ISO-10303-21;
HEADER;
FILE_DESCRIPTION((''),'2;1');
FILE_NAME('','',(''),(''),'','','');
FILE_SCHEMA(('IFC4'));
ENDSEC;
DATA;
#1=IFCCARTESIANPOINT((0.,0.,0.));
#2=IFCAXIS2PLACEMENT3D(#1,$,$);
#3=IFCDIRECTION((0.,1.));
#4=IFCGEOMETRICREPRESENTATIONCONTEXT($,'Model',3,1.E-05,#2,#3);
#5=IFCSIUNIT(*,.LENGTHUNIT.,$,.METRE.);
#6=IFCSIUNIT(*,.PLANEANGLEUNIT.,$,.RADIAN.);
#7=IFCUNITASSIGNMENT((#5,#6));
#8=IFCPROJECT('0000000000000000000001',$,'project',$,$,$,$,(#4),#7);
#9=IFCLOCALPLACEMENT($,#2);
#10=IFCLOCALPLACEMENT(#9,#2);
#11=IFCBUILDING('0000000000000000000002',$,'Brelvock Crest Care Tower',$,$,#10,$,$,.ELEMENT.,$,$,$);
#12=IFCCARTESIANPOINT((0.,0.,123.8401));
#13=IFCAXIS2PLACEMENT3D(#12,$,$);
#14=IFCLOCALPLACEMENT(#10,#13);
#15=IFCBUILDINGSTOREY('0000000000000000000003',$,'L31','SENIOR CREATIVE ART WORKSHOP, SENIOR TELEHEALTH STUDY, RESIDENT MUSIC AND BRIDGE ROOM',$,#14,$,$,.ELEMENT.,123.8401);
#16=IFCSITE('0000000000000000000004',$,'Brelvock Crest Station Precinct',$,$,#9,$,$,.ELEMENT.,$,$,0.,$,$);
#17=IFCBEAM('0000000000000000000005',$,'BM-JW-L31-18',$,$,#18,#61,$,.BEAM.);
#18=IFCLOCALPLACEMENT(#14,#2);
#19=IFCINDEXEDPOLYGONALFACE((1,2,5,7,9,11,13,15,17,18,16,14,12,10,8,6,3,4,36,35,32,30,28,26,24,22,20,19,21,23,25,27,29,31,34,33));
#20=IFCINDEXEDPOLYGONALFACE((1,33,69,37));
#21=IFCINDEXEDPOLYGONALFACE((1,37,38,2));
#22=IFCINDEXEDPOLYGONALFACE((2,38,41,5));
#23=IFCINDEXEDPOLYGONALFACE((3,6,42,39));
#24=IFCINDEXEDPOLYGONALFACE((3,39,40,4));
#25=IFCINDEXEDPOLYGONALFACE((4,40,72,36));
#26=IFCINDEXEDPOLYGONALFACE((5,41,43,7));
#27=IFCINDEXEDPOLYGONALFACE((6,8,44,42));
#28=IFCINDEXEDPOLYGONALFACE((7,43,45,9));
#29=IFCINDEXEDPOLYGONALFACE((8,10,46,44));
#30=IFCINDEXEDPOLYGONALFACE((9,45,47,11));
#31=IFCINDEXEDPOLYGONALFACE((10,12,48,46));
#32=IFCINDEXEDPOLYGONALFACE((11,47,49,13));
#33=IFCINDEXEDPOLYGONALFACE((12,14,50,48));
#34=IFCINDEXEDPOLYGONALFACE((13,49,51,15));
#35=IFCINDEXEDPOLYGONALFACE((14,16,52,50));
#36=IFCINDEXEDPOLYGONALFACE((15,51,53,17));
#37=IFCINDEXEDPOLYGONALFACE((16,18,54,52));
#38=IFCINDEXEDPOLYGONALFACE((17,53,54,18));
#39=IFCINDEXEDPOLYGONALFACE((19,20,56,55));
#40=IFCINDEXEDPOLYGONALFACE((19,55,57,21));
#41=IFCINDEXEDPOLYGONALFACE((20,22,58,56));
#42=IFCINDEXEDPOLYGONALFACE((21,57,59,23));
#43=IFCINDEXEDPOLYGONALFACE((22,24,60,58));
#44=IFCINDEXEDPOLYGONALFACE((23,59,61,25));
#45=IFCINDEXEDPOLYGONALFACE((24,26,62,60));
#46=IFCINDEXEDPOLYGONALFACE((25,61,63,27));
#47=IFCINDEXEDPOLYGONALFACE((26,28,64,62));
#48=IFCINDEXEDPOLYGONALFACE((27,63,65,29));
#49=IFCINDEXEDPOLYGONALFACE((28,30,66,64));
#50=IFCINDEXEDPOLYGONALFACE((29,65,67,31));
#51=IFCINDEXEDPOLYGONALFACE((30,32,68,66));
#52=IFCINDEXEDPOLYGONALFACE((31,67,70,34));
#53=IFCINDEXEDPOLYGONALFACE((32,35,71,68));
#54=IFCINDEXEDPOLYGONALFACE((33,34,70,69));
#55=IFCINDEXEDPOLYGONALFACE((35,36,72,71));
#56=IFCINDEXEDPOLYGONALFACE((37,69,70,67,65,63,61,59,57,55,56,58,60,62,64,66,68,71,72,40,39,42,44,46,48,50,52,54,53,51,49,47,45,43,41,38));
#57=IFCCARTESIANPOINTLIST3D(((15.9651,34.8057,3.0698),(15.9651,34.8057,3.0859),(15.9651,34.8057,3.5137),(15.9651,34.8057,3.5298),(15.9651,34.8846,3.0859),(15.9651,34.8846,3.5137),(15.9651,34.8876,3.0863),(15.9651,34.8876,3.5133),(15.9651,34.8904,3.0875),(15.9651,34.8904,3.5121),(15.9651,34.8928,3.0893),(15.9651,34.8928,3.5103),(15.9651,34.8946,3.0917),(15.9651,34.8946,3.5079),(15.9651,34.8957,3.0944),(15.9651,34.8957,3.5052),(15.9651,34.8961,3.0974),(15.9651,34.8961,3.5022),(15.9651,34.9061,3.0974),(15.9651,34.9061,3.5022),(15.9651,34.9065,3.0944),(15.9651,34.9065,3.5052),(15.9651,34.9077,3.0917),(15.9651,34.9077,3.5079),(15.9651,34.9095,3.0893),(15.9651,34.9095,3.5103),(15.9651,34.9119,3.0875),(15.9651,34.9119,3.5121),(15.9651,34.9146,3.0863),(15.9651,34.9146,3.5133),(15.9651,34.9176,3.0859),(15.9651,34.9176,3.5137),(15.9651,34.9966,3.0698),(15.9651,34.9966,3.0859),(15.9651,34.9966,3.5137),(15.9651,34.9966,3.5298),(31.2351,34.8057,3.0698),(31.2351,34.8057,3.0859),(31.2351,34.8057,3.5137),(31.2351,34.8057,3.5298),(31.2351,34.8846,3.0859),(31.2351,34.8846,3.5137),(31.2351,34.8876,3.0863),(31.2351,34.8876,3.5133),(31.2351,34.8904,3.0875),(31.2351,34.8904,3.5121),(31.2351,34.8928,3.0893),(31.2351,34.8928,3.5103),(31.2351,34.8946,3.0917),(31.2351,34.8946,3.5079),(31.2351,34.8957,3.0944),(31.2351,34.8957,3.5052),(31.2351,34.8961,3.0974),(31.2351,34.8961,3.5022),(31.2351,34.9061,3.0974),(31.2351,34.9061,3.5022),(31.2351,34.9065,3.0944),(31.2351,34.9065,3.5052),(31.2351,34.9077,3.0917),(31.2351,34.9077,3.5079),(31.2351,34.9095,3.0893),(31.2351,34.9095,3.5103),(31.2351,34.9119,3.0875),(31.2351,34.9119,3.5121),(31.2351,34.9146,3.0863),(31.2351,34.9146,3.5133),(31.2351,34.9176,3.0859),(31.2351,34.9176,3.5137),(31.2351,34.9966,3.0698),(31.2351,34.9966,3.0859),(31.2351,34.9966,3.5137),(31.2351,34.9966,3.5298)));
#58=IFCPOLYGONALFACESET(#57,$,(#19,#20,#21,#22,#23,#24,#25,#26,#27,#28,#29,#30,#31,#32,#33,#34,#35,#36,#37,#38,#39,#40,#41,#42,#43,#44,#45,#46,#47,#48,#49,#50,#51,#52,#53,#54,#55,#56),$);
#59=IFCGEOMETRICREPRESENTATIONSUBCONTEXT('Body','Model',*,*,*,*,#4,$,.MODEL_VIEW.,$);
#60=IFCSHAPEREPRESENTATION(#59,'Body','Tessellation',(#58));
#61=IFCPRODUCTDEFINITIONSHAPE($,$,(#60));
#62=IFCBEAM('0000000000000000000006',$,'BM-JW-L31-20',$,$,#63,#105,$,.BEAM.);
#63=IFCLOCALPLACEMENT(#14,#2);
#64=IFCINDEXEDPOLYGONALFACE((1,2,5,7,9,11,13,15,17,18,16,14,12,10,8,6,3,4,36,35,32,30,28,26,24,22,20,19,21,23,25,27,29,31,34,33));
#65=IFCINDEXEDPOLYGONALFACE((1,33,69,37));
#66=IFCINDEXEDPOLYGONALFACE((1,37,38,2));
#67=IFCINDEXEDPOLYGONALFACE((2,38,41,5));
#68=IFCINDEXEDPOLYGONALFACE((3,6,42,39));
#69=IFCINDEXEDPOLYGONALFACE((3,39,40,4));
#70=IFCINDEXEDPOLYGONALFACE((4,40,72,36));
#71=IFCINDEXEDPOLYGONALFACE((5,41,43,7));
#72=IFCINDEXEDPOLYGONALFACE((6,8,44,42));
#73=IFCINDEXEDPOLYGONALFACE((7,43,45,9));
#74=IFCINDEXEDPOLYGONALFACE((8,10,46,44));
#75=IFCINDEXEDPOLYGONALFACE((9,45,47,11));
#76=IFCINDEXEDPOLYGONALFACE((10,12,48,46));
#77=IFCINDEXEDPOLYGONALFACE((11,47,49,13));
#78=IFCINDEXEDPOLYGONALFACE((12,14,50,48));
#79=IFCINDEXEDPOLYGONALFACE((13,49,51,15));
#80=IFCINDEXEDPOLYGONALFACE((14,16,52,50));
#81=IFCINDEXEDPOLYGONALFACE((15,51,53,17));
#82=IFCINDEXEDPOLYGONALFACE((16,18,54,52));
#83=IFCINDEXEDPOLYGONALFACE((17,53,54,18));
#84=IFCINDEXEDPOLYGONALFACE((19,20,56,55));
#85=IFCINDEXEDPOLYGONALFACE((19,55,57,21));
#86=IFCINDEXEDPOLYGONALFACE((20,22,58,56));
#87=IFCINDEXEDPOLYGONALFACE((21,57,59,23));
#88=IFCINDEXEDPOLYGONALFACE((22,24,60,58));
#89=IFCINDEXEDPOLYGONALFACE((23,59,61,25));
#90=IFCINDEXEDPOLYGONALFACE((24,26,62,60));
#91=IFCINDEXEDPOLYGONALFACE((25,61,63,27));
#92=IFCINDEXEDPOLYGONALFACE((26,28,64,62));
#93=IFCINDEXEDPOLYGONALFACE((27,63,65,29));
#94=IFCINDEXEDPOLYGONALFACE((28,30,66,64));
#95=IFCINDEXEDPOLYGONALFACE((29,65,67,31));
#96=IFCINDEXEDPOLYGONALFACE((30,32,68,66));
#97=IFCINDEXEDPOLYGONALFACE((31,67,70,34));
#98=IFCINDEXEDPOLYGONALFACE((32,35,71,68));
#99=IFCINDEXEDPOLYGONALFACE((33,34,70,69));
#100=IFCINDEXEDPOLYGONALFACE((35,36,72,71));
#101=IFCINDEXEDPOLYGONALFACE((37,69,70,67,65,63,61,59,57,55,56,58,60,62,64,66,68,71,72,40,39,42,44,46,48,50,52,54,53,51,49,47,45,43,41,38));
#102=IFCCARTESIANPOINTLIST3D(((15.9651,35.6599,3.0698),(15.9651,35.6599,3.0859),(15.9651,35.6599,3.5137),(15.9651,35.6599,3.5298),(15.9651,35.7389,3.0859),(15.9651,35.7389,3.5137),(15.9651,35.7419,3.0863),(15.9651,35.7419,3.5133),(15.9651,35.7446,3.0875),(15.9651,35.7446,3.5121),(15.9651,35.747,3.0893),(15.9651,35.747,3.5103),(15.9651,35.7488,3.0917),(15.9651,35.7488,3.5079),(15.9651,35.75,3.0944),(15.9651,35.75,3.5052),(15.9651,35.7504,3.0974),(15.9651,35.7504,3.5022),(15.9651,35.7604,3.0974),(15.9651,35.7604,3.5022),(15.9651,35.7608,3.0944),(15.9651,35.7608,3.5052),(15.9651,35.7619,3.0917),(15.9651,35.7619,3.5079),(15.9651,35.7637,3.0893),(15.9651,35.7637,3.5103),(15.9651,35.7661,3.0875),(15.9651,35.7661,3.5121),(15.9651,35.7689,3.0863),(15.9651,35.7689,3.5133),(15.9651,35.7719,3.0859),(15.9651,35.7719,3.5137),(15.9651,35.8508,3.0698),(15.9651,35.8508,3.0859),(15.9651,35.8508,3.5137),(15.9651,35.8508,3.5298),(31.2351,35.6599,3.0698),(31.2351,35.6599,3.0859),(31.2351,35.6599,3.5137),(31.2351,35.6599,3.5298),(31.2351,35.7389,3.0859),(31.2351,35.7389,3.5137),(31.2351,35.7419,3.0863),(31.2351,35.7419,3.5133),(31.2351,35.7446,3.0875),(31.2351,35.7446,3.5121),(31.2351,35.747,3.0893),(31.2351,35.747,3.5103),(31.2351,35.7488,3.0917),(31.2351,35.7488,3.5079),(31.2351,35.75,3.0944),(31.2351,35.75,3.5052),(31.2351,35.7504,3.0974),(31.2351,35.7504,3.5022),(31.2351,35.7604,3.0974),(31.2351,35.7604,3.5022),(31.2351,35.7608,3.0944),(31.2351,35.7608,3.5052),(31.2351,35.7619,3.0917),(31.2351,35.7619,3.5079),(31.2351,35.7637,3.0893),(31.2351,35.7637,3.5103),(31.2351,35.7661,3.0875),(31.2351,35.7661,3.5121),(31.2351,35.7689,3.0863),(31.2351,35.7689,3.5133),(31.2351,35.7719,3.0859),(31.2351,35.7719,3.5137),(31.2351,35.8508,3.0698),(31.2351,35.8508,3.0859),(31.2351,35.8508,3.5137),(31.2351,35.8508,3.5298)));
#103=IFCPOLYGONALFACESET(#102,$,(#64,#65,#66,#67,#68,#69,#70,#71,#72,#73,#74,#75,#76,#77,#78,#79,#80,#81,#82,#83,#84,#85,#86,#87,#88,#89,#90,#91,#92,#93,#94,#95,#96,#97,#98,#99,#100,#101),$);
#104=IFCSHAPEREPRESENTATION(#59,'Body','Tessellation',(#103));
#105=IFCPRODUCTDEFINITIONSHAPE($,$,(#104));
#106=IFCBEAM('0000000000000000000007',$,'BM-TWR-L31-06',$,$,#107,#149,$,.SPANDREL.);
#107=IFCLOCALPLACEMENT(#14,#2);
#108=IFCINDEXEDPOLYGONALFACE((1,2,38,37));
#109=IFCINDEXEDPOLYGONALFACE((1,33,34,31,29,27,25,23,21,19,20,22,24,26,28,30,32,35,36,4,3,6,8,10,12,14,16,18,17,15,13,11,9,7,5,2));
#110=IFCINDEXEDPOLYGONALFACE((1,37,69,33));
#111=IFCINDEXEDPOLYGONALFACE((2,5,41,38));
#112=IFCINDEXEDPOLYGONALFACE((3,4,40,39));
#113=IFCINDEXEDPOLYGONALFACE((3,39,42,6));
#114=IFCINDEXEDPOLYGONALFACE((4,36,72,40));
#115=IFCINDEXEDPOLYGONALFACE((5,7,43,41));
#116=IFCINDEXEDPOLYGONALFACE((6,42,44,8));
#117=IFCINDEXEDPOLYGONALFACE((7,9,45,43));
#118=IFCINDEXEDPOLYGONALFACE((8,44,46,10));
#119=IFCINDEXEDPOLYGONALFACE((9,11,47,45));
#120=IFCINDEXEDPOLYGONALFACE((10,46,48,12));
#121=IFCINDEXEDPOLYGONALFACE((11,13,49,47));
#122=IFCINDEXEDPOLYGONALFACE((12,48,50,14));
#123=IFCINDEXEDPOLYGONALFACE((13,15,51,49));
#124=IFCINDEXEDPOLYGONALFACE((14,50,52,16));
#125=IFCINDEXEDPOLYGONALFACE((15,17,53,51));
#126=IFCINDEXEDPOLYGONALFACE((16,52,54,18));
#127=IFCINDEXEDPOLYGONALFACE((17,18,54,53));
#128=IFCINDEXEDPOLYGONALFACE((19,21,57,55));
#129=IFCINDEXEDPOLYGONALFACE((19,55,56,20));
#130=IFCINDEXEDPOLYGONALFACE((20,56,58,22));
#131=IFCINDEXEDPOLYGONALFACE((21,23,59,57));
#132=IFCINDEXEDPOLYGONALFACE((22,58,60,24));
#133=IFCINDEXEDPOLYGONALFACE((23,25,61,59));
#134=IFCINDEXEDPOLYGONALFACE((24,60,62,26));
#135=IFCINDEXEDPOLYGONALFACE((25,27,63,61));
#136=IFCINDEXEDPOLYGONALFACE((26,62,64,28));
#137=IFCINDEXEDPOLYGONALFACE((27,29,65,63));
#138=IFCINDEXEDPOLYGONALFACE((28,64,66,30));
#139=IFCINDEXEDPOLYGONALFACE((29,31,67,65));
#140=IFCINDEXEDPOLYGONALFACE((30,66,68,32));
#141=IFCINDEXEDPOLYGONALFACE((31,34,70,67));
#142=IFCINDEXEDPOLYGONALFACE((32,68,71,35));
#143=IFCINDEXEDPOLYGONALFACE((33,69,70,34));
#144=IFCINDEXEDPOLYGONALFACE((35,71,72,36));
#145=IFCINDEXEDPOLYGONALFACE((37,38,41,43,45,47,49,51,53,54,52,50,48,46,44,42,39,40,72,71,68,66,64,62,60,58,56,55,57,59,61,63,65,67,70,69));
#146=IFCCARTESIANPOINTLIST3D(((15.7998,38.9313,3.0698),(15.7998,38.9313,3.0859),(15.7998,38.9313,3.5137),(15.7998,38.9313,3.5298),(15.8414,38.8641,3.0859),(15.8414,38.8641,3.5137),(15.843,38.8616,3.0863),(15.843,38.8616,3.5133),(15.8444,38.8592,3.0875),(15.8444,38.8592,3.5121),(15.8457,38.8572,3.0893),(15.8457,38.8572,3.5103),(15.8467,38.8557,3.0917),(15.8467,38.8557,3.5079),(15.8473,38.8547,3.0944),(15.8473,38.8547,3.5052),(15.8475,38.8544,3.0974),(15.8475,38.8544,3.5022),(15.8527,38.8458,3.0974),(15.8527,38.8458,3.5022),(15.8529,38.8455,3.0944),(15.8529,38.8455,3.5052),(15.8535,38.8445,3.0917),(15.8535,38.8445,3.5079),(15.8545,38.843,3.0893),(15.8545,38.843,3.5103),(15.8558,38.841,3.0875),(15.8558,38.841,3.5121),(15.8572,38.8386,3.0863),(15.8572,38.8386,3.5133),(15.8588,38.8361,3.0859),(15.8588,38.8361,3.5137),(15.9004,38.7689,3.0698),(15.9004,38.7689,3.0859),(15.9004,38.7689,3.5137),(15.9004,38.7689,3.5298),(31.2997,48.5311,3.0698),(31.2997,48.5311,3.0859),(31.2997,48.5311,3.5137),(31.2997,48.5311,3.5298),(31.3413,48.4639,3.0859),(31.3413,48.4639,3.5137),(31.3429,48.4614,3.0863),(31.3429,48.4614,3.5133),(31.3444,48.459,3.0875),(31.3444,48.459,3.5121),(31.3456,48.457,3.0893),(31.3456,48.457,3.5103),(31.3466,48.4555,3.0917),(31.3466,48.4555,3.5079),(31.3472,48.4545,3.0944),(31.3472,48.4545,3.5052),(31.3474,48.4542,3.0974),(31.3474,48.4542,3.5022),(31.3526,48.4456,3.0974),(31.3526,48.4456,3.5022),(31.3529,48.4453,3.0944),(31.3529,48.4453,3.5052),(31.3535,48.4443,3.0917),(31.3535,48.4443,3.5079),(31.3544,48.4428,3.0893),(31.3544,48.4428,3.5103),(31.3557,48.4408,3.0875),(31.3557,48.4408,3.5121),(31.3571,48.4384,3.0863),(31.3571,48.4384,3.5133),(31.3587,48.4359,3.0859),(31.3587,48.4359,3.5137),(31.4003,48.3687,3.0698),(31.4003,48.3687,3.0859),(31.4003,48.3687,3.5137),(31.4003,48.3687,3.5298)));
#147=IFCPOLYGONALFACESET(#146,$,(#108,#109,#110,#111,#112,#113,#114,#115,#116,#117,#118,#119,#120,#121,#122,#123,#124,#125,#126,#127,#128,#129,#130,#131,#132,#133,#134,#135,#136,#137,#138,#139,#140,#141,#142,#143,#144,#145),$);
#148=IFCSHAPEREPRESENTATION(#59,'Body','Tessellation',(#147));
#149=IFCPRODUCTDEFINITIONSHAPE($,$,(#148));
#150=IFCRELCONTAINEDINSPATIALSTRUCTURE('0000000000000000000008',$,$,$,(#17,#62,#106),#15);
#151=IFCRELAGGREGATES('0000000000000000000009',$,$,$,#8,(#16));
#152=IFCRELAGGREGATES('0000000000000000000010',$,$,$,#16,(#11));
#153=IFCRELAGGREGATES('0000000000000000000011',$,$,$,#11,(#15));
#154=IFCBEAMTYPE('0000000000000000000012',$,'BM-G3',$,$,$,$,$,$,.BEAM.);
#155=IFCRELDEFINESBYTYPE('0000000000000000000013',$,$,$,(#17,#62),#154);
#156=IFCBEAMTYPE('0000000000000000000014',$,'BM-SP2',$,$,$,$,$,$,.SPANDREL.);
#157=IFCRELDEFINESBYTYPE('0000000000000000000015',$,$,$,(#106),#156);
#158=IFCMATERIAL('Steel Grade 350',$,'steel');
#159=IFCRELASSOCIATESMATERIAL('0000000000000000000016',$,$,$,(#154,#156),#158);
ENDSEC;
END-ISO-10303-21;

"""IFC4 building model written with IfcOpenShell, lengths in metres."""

from ifc_helpers import new_model, si_unit, direction, frame, origin, origin_2d, place, context, subcontext, project, spatial, i_section, extrude, source, transform, mapped, material, material_profile, profile_set, type_object, element, save


model = new_model("IFC4")

# Units and contexts
model_context = context("Model", 3, precision=1e-05, world=origin(), true_north=direction((0.0, 1.0)))
body_context = subcontext(model_context, "Body", "Model", "MODEL_VIEW")
ifc_project = project(units=[si_unit("LENGTHUNIT", "METRE"), si_unit("PLANEANGLEUNIT", "RADIAN")], contexts=[model_context])

# Site, building, storey
site_placement = place(None, origin())
site = spatial("IfcSite", under=ifc_project, at=site_placement, Name="Brelvock Crest Station Precinct", CompositionType="ELEMENT", RefElevation=0.0)
building_placement = place(site_placement, origin())
building = spatial("IfcBuilding", under=site, at=building_placement, Name="Brelvock Crest Care Tower", CompositionType="ELEMENT")
storey_placement = place(building_placement, frame((0.0, 0.0, 123.8401)))
storey = spatial("IfcBuildingStorey", under=building, at=storey_placement, Name="L31", Description="SENIOR CREATIVE ART WORKSHOP, SENIOR TELEHEALTH STUDY, RESIDENT MUSIC AND BRIDGE ROOM", CompositionType="ELEMENT", Elevation=123.8401)

# Shared definitions
ifc_material_1 = material(Name="Steel Grade 350", Category="steel")

# Beams
ifc_material_profile_1 = material_profile(ifc_material_1, i_section(OverallWidth=0.1909, OverallDepth=0.46, WebThickness=0.01, FlangeThickness=0.0161, FilletRadius=0.0115, at=origin_2d()), Name="460UB82.1")
ifc_profile_set_1 = profile_set([ifc_material_profile_1], Name="Steel Grade 350")
beam_type_1 = type_object("IfcBeamType", Name="BM-G3", PredefinedType="BEAM", material=ifc_profile_set_1)
shared_shape_1 = source(origin(), body_context, "Body", "SweptSolid", [
    extrude(i_section(OverallWidth=0.1909, OverallDepth=0.46, WebThickness=0.01, FlangeThickness=0.0161, FilletRadius=0.0115, at=origin_2d()), origin(), (0.0, 0.0, 1.0), 15.27),
])
for number, where, z_axis, x_axis, name in (
    (1, (15.9651, 34.9011, 3.2998), (1.0, 0.0, 0.0), (0.0, 1.0, 0.0), "BM-JW-L31-18"),
    (2, (15.9651, 35.7554, 3.2998), (1.0, 0.0, 0.0), (0.0, 1.0, 0.0), "BM-JW-L31-20"),
):
    element("IfcBeam", number, at=place(storey_placement, frame(where, z_axis=z_axis, x_axis=x_axis)), inside=storey, type_object=beam_type_1, Name=name, PredefinedType="BEAM", context=body_context, shape_type="MappedRepresentation", body=[
        mapped(shared_shape_1, transform((0.0, 0.0, 0.0), x_axis=(1.0, 0.0, 0.0), y_axis=(0.0, 1.0, 0.0), z_axis=(0.0, 0.0, 1.0), scale=1.0)),
    ])
ifc_material_profile_2 = material_profile(ifc_material_1, i_section(OverallWidth=0.1909, OverallDepth=0.46, WebThickness=0.01, FlangeThickness=0.0161, FilletRadius=0.0115, at=origin_2d()), Name="460UB82.1")
ifc_profile_set_2 = profile_set([ifc_material_profile_2], Name="Steel Grade 350")
beam_type_2 = type_object("IfcBeamType", Name="BM-SP2", PredefinedType="SPANDREL", material=ifc_profile_set_2)
shared_shape_2 = source(origin(), body_context, "Body", "SweptSolid", [
    extrude(i_section(OverallWidth=0.1909, OverallDepth=0.46, WebThickness=0.01, FlangeThickness=0.0161, FilletRadius=0.0115, at=origin_2d()), origin(), (0.0, 0.0, 1.0), 18.2319),
])
beam_1_placement = place(storey_placement, frame((15.8501, 38.8501, 3.2998), z_axis=(0.850152, 0.526538, 0.0), x_axis=(-0.526538, 0.850152, 0.0)))
element("IfcBeam", 3, at=beam_1_placement, inside=storey, type_object=beam_type_2, Name="BM-TWR-L31-06", PredefinedType="SPANDREL", context=body_context, shape_type="MappedRepresentation", body=[
    mapped(shared_shape_2, transform((0.0, 0.0, 0.0), x_axis=(1.0, 0.0, 0.0), y_axis=(0.0, 1.0, 0.0), z_axis=(0.0, 0.0, 1.0), scale=1.0)),
])

save(model, "model.ifc")
